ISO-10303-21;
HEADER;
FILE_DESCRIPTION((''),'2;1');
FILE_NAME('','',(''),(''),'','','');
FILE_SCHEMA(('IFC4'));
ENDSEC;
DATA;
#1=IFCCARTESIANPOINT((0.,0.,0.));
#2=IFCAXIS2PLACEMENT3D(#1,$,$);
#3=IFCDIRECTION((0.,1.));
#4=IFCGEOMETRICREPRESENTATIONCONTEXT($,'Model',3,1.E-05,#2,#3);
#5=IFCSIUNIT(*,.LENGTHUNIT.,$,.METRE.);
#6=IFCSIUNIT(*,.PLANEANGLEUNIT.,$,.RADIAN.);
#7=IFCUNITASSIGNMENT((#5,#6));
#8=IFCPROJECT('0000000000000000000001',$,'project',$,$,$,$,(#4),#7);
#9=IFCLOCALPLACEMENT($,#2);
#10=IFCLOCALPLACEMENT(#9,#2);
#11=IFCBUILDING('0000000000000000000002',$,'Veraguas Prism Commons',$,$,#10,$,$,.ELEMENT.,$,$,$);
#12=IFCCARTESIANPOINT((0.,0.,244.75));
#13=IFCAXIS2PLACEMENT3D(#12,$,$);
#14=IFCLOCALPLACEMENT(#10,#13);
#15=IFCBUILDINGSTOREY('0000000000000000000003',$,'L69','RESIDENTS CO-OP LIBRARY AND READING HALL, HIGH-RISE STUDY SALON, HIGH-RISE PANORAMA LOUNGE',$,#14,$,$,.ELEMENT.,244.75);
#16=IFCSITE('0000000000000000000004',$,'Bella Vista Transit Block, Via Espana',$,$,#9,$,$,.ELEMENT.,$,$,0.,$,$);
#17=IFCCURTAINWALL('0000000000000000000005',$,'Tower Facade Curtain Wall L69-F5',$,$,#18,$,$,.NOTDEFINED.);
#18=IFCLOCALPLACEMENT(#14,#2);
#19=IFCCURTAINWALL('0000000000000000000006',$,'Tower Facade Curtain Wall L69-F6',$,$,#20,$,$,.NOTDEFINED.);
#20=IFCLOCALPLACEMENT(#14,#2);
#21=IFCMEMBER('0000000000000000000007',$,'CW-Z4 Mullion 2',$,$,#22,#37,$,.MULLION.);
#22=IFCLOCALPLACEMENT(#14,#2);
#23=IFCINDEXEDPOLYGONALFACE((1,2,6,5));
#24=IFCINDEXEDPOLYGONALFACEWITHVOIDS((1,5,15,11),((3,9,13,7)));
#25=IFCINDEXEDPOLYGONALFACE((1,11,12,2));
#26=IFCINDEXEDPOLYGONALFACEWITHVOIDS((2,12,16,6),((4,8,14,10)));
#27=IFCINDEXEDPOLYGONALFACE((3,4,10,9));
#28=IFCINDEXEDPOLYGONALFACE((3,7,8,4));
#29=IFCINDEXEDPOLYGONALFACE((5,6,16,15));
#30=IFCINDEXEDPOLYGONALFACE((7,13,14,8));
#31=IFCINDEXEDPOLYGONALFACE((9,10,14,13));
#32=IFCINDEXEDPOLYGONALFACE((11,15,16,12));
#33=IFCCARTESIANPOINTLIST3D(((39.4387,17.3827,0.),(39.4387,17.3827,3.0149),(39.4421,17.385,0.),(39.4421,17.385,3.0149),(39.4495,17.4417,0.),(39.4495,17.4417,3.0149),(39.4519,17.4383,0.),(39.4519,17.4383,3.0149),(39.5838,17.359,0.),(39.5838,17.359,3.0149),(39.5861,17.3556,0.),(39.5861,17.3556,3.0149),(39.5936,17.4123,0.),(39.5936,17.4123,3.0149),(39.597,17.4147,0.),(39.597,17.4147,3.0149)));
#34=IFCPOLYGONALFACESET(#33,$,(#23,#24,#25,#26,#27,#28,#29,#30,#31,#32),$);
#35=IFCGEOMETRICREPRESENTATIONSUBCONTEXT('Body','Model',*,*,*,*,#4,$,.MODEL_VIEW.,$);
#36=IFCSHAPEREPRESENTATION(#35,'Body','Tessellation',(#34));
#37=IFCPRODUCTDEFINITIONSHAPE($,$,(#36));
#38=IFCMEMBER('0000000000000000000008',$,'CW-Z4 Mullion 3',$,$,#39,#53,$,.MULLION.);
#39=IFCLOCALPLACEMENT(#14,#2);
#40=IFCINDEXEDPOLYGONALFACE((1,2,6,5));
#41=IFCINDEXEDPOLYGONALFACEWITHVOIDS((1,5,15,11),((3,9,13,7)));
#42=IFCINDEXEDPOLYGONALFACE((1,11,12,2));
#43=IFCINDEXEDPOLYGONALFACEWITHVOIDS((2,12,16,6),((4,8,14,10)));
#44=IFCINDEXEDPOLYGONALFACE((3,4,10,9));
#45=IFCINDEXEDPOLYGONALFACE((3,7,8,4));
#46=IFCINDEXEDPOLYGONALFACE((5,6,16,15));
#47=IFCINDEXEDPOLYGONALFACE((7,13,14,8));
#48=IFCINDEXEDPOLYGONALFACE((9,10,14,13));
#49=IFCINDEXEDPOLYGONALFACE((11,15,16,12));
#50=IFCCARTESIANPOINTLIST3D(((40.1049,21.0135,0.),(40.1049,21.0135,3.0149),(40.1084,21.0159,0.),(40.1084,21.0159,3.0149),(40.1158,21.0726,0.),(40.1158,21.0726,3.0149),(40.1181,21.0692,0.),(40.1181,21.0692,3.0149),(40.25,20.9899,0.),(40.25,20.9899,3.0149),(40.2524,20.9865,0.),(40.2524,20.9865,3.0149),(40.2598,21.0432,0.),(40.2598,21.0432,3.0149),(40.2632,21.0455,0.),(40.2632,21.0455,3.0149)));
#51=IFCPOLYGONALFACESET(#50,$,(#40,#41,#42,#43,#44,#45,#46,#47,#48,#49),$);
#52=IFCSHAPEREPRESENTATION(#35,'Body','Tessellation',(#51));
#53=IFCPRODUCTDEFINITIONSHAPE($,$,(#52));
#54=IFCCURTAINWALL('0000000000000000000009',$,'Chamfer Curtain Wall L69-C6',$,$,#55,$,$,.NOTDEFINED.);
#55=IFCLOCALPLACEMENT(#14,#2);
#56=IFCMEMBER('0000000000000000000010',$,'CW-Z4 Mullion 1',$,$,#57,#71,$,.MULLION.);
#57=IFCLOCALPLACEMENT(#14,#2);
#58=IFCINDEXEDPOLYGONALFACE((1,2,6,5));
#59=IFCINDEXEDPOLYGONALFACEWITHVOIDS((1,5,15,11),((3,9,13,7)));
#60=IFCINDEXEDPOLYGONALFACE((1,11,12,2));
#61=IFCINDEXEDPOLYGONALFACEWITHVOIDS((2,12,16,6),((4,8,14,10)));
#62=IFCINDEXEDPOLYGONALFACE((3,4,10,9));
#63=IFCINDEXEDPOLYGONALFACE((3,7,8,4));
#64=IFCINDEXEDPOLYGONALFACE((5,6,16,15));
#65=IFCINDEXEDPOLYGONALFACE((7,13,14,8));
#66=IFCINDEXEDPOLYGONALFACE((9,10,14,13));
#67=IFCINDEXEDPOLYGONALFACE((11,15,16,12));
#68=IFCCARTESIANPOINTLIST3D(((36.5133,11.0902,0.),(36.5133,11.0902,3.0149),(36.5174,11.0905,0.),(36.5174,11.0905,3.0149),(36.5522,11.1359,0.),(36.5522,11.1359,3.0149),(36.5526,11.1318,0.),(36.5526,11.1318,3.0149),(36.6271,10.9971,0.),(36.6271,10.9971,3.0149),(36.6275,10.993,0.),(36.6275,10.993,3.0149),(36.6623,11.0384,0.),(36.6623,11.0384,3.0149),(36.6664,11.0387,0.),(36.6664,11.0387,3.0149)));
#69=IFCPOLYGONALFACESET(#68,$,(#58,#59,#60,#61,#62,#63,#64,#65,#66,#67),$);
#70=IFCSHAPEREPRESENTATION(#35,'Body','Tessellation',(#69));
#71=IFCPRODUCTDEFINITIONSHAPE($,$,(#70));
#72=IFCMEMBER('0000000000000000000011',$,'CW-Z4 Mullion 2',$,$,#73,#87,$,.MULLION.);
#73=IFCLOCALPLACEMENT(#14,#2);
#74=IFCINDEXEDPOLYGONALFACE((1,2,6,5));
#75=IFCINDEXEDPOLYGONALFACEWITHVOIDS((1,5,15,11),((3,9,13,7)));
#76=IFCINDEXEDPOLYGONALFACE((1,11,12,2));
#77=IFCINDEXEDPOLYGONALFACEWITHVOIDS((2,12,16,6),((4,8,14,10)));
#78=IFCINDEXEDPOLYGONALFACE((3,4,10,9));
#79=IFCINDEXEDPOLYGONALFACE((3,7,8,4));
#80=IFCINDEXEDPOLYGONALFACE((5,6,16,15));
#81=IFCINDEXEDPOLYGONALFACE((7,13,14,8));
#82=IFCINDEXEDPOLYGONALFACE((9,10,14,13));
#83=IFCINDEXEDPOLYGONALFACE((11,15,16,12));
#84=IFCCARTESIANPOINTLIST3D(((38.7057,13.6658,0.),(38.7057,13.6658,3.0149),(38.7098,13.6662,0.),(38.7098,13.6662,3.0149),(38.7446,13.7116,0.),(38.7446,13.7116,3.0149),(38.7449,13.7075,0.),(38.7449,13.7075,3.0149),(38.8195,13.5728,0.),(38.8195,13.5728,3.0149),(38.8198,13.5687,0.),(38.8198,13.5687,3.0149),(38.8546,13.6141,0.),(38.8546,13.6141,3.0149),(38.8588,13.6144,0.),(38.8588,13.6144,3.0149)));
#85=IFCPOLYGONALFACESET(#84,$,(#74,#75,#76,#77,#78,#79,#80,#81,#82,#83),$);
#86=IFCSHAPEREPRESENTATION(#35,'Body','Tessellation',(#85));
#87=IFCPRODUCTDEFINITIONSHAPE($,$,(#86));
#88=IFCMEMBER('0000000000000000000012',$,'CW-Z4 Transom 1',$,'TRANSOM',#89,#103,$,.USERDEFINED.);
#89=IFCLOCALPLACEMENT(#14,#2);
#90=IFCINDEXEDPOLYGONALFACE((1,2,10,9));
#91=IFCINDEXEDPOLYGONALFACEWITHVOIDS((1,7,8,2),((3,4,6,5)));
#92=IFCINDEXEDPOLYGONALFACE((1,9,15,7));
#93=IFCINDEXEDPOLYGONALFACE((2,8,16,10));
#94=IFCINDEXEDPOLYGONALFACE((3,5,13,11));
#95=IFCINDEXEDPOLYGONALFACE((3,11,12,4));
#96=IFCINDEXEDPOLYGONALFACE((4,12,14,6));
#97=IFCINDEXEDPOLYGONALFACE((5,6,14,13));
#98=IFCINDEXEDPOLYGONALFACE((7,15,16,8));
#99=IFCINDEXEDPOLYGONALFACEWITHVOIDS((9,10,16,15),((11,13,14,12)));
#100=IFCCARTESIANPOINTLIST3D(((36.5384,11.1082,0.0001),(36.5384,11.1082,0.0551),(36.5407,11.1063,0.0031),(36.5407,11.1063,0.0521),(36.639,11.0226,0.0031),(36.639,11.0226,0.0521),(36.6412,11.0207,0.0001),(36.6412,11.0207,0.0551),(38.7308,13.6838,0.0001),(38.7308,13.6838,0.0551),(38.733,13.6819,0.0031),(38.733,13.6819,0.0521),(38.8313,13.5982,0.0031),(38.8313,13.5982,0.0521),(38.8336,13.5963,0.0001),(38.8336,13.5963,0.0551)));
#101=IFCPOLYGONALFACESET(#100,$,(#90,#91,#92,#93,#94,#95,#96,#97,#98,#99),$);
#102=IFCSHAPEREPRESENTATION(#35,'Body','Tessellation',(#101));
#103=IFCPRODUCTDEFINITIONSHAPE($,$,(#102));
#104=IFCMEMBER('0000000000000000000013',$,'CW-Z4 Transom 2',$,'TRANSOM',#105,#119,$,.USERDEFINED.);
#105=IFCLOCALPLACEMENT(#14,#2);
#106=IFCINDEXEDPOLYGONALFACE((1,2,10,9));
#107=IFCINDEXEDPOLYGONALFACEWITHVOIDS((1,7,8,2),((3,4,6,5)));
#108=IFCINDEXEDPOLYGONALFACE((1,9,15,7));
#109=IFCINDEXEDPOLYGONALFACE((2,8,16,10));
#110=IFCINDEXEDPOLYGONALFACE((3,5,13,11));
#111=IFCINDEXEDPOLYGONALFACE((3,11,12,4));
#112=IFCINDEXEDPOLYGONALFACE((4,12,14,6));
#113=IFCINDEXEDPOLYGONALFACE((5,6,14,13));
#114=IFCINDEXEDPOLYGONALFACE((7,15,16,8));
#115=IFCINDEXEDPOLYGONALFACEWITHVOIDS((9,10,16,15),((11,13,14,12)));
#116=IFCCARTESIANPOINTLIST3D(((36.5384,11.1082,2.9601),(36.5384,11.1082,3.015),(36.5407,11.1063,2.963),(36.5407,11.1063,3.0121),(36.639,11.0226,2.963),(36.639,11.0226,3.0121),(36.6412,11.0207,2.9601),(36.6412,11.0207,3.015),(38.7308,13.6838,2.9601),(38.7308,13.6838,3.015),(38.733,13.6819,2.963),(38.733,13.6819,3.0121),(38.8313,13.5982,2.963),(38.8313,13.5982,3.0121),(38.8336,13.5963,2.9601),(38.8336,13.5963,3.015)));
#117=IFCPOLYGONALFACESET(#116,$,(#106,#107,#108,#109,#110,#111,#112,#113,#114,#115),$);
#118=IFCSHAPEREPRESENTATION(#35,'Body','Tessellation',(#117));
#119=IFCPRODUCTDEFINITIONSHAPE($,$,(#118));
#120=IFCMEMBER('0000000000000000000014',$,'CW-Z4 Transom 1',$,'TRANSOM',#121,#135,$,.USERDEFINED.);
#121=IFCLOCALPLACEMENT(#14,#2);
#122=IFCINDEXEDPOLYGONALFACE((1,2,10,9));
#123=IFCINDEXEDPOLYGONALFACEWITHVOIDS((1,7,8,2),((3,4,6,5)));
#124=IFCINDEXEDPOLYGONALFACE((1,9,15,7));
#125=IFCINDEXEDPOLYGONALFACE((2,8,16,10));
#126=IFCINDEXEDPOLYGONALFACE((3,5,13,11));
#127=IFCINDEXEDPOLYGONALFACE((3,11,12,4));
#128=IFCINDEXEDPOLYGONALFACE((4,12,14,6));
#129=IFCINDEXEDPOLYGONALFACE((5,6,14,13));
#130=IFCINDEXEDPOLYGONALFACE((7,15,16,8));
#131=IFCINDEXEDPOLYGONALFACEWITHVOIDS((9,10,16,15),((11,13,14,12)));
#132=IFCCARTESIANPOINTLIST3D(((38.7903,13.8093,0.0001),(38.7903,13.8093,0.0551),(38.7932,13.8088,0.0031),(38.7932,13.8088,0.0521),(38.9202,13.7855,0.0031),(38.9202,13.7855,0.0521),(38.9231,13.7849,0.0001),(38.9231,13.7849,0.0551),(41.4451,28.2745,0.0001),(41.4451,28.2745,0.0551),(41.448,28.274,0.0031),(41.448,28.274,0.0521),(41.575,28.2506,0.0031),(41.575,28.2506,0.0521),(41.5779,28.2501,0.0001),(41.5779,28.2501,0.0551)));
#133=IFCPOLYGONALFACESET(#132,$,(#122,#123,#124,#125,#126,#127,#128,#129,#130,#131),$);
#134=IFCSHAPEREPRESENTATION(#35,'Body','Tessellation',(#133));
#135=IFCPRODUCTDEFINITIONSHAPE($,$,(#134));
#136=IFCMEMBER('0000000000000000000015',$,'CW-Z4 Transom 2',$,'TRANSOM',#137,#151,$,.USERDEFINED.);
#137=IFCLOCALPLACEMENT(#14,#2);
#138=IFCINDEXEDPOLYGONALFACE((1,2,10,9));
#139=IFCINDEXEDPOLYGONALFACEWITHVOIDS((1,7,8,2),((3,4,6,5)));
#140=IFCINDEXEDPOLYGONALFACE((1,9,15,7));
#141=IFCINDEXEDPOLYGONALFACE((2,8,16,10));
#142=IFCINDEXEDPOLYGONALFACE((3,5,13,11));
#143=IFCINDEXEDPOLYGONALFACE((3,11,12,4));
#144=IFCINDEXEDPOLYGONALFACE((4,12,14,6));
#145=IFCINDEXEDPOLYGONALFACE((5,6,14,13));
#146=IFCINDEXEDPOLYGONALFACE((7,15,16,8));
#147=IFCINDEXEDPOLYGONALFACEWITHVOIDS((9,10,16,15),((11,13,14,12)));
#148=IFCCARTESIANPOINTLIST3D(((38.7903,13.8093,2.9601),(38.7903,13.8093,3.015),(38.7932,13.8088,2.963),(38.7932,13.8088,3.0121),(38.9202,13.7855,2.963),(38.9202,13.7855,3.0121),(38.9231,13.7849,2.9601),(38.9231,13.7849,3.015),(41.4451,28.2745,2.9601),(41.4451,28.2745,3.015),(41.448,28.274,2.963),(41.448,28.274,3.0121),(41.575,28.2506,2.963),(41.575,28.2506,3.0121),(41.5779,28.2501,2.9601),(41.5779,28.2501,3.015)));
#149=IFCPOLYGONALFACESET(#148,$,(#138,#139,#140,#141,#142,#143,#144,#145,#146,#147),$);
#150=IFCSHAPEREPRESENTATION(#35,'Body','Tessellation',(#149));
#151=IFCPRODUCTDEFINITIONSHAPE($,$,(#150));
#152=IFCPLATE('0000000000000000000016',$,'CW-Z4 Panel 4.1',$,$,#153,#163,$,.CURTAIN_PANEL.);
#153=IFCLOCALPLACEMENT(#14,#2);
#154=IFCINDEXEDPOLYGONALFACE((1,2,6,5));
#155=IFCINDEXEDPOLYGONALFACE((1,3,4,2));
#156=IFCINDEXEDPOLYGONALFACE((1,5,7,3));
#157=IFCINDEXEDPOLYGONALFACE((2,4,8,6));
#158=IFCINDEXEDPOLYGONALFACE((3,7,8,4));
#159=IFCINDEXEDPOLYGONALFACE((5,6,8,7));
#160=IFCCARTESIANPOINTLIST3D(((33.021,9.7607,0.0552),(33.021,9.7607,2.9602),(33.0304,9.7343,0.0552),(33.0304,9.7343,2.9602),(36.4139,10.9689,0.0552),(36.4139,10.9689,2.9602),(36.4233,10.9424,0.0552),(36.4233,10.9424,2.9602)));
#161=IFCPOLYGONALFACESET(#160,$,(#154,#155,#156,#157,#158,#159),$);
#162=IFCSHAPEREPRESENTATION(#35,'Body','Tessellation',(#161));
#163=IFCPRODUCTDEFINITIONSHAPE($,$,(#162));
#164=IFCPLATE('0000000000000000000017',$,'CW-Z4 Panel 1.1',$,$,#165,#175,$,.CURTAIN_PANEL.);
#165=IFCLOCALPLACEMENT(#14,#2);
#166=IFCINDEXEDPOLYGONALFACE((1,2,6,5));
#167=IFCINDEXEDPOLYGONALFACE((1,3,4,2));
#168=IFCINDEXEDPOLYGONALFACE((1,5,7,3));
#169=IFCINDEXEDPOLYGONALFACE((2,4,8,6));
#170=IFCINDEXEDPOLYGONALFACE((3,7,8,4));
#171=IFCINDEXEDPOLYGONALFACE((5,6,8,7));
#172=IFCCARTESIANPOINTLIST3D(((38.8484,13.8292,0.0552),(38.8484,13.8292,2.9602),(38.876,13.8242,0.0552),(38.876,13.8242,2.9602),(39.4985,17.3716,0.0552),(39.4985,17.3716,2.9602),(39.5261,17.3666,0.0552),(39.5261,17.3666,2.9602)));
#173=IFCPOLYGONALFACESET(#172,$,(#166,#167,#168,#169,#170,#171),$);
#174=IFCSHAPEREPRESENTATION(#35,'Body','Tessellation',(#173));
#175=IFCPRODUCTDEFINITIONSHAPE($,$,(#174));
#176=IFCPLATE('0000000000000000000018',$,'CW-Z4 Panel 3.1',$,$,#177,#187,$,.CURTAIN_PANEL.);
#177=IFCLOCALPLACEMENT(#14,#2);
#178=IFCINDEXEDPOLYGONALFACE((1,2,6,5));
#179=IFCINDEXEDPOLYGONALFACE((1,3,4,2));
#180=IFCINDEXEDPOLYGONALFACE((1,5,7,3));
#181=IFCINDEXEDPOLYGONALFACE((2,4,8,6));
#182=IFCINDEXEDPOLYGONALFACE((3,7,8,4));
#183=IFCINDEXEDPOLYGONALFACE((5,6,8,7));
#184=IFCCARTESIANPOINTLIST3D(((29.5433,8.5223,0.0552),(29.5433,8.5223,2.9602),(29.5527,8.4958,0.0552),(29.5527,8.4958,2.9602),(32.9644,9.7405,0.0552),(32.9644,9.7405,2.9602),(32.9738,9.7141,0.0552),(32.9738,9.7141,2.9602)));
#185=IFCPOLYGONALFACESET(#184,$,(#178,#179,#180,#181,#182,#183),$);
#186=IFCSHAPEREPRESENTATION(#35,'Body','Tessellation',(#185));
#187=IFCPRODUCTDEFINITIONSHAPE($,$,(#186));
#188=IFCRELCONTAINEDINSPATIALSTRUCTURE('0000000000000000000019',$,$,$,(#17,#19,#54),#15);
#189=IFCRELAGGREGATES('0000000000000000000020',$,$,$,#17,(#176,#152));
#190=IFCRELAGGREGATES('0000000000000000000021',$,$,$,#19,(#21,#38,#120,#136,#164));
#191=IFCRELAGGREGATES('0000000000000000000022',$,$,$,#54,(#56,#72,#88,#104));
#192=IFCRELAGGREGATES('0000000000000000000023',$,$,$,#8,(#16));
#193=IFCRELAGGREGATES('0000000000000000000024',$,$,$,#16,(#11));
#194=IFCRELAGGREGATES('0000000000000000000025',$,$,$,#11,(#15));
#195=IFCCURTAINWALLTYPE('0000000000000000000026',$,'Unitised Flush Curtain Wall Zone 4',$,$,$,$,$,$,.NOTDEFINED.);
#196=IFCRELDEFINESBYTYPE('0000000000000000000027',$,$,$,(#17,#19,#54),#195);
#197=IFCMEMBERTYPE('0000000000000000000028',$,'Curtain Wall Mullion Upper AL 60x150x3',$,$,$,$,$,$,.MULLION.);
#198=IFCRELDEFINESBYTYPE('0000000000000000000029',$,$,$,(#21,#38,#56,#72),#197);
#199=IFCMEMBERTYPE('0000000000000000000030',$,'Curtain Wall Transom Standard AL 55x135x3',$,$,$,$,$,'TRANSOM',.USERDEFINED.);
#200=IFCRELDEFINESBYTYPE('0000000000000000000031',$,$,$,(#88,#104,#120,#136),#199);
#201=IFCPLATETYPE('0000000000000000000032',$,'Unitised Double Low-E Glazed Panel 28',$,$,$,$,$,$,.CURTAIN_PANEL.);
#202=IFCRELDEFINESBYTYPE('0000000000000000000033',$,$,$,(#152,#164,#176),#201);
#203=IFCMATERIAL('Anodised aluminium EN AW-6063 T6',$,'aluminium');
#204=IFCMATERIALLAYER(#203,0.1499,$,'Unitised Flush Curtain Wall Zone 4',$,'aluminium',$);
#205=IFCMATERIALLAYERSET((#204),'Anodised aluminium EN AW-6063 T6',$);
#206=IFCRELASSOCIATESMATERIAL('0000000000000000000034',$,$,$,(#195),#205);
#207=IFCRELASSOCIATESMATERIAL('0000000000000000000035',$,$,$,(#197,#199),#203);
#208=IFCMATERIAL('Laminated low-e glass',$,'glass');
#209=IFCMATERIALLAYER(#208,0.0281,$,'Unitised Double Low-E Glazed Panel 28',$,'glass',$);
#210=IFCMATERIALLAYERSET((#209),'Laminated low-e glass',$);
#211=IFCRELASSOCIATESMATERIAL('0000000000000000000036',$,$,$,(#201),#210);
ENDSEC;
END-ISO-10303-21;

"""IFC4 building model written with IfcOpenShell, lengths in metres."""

from ifc_helpers import new_model, si_unit, direction, frame, origin, origin_2d, place, context, subcontext, project, spatial, rectangle, hollow_rectangle, extrude, source, transform, mapped, material, layer, layer_set, material_profile, profile_set, type_object, element, aggregate, save


model = new_model("IFC4")

# Units and contexts
model_context = context("Model", 3, precision=1e-05, world=origin(), true_north=direction((0.0, 1.0)))
body_context = subcontext(model_context, "Body", "Model", "MODEL_VIEW")
ifc_project = project(units=[si_unit("LENGTHUNIT", "METRE"), si_unit("PLANEANGLEUNIT", "RADIAN")], contexts=[model_context])

# Site, building, storey
site_placement = place(None, origin())
site = spatial("IfcSite", under=ifc_project, at=site_placement, Name="Bella Vista Transit Block, Via Espana", CompositionType="ELEMENT", RefElevation=0.0)
building_placement = place(site_placement, origin())
building = spatial("IfcBuilding", under=site, at=building_placement, Name="Veraguas Prism Commons", CompositionType="ELEMENT")
storey_placement = place(building_placement, frame((0.0, 0.0, 244.75)))
storey = spatial("IfcBuildingStorey", under=building, at=storey_placement, Name="L69", Description="RESIDENTS CO-OP LIBRARY AND READING HALL, HIGH-RISE STUDY SALON, HIGH-RISE PANORAMA LOUNGE", CompositionType="ELEMENT", Elevation=244.75)

# Curtain walls, members
ifc_material_1 = material(Name="Anodised aluminium EN AW-6063 T6", Category="aluminium")
ifc_layer_1 = layer(ifc_material_1, 0.1499, Name="Unitised Flush Curtain Wall Zone 4", Category="aluminium")
ifc_layer_set_1 = layer_set([ifc_layer_1], Name="Anodised aluminium EN AW-6063 T6")
curtain_wall_type = type_object("IfcCurtainWallType", Name="Unitised Flush Curtain Wall Zone 4", PredefinedType="NOTDEFINED", material=ifc_layer_set_1)
curtain_wall_1_placement = place(storey_placement, origin())
curtain_wall_1 = element("IfcCurtainWall", 1, at=curtain_wall_1_placement, inside=storey, type_object=curtain_wall_type, Name="Tower Facade Curtain Wall L69-F5", PredefinedType="NOTDEFINED")
ifc_material_profile_1 = material_profile(ifc_material_1, hollow_rectangle(XDim=0.0601, YDim=0.1499, WallThickness=0.0029, at=origin_2d()), Name="AL60X150X3")
ifc_profile_set_1 = profile_set([ifc_material_profile_1], Name="Anodised aluminium EN AW-6063 T6")
member_type_1 = type_object("IfcMemberType", Name="Curtain Wall Mullion Upper AL 60x150x3", PredefinedType="MULLION", material=ifc_profile_set_1)
shared_shape_1 = source(origin(), body_context, "Body", "SweptSolid", [
    extrude(hollow_rectangle(XDim=0.0601, YDim=0.1499, WallThickness=0.0029, at=origin_2d()), origin(), (0.0, 0.0, 1.0), 3.0149),
])
curtain_wall_2_placement = place(storey_placement, origin())
curtain_wall_2 = element("IfcCurtainWall", 2, at=curtain_wall_2_placement, inside=storey, type_object=curtain_wall_type, Name="Tower Facade Curtain Wall L69-F6", PredefinedType="NOTDEFINED")
member_1_placement = place(storey_placement, frame((39.5178, 17.3987, 0.0), z_axis=(0.0, 0.0, 1.0), x_axis=(0.180524, 0.983571, 0.0)))
member_1 = element("IfcMember", 3, at=member_1_placement, type_object=member_type_1, Name="CW-Z4 Mullion 2", PredefinedType="MULLION", context=body_context, shape_type="MappedRepresentation", body=[
    mapped(shared_shape_1, transform((0.0, 0.0, 0.0), scale=1.0)),
])
member_2_placement = place(storey_placement, frame((40.1841, 21.0295, 0.0), z_axis=(0.0, 0.0, 1.0), x_axis=(0.180524, 0.983571, 0.0)))
member_2 = element("IfcMember", 4, at=member_2_placement, type_object=member_type_1, Name="CW-Z4 Mullion 3", PredefinedType="MULLION", context=body_context, shape_type="MappedRepresentation", body=[
    mapped(shared_shape_1, transform((0.0, 0.0, 0.0), scale=1.0)),
])
curtain_wall_3_placement = place(storey_placement, origin())
curtain_wall_3 = element("IfcCurtainWall", 5, at=curtain_wall_3_placement, inside=storey, type_object=curtain_wall_type, Name="Chamfer Curtain Wall L69-C6", PredefinedType="NOTDEFINED")
member_3_placement = place(storey_placement, frame((36.5898, 11.0645, 0.0), z_axis=(0.0, 0.0, 1.0), x_axis=(0.648125, 0.761534, 0.0)))
member_3 = element("IfcMember", 6, at=member_3_placement, type_object=member_type_1, Name="CW-Z4 Mullion 1", PredefinedType="MULLION", context=body_context, shape_type="MappedRepresentation", body=[
    mapped(shared_shape_1, transform((0.0, 0.0, 0.0), scale=1.0)),
])
member_4_placement = place(storey_placement, frame((38.7822, 13.6401, 0.0), z_axis=(0.0, 0.0, 1.0), x_axis=(0.648125, 0.761534, 0.0)))
member_4 = element("IfcMember", 7, at=member_4_placement, type_object=member_type_1, Name="CW-Z4 Mullion 2", PredefinedType="MULLION", context=body_context, shape_type="MappedRepresentation", body=[
    mapped(shared_shape_1, transform((0.0, 0.0, 0.0), scale=1.0)),
])
ifc_material_profile_2 = material_profile(ifc_material_1, hollow_rectangle(XDim=0.0549, YDim=0.135, WallThickness=0.0029, at=origin_2d()), Name="AL55X135X3")
ifc_profile_set_2 = profile_set([ifc_material_profile_2], Name="Anodised aluminium EN AW-6063 T6")
member_type_2 = type_object("IfcMemberType", Name="Curtain Wall Transom Standard AL 55x135x3", ElementType="TRANSOM", PredefinedType="USERDEFINED", material=ifc_profile_set_2)
shared_shape_2 = source(origin(), body_context, "Body", "SweptSolid", [
    extrude(hollow_rectangle(XDim=0.0549, YDim=0.135, WallThickness=0.0029, at=origin_2d()), origin(), (0.0, 0.0, 1.0), 3.3823),
])
member_5_placement = place(storey_placement, frame((36.5898, 11.0645, 0.0276), z_axis=(0.648172, 0.761494, 0.0), x_axis=(0.0, 0.0, 1.0)))
member_5 = element("IfcMember", 8, at=member_5_placement, type_object=member_type_2, Name="CW-Z4 Transom 1", ObjectType="TRANSOM", PredefinedType="USERDEFINED", context=body_context, shape_type="MappedRepresentation", body=[
    mapped(shared_shape_2, transform((0.0, 0.0, 0.0), scale=1.0)),
])
member_6_placement = place(storey_placement, frame((36.5898, 11.0645, 2.9875), z_axis=(0.648172, 0.761494, 0.0), x_axis=(0.0, 0.0, 1.0)))
member_6 = element("IfcMember", 9, at=member_6_placement, type_object=member_type_2, Name="CW-Z4 Transom 2", ObjectType="TRANSOM", PredefinedType="USERDEFINED", context=body_context, shape_type="MappedRepresentation", body=[
    mapped(shared_shape_2, transform((0.0, 0.0, 0.0), scale=1.0)),
])

# Members
shared_shape_3 = source(origin(), body_context, "Body", "SweptSolid", [
    extrude(hollow_rectangle(XDim=0.0549, YDim=0.135, WallThickness=0.0029, at=origin_2d()), origin(), (0.0, 0.0, 1.0), 14.7068),
])
member_7_placement = place(storey_placement, frame((38.8567, 13.7971, 0.0276), z_axis=(0.180516, 0.983572, 0.0), x_axis=(0.0, 0.0, 1.0)))
member_7 = element("IfcMember", 10, at=member_7_placement, type_object=member_type_2, Name="CW-Z4 Transom 1", ObjectType="TRANSOM", PredefinedType="USERDEFINED", context=body_context, shape_type="MappedRepresentation", body=[
    mapped(shared_shape_3, transform((0.0, 0.0, 0.0), scale=1.0)),
])
member_8_placement = place(storey_placement, frame((38.8567, 13.7971, 2.9875), z_axis=(0.180516, 0.983572, 0.0), x_axis=(0.0, 0.0, 1.0)))
member_8 = element("IfcMember", 11, at=member_8_placement, type_object=member_type_2, Name="CW-Z4 Transom 2", ObjectType="TRANSOM", PredefinedType="USERDEFINED", context=body_context, shape_type="MappedRepresentation", body=[
    mapped(shared_shape_3, transform((0.0, 0.0, 0.0), scale=1.0)),
])

# Plates
ifc_material_2 = material(Name="Laminated low-e glass", Category="glass")
ifc_layer_2 = layer(ifc_material_2, 0.0281, Name="Unitised Double Low-E Glazed Panel 28", Category="glass")
ifc_layer_set_2 = layer_set([ifc_layer_2], Name="Laminated low-e glass")
plate_type = type_object("IfcPlateType", Name="Unitised Double Low-E Glazed Panel 28", PredefinedType="CURTAIN_PANEL", material=ifc_layer_set_2)
shared_shape_4 = source(origin(), body_context, "Body", "SweptSolid", [
    extrude(rectangle(XDim=3.6016, YDim=0.0281, at=origin_2d()), origin(), (0.0, 0.0, 1.0), 2.905),
])
plate_1_placement = place(storey_placement, frame((34.7222, 10.3516, 0.0552), z_axis=(0.0, 0.0, 1.0), x_axis=(0.942056, 0.335457, 0.0)))
plate_1 = element("IfcPlate", 12, at=plate_1_placement, type_object=plate_type, Name="CW-Z4 Panel 4.1", PredefinedType="CURTAIN_PANEL", context=body_context, shape_type="MappedRepresentation", body=[
    mapped(shared_shape_4, transform((0.0, 0.0, 0.0), scale=1.0)),
])
plate_2_placement = place(storey_placement, frame((39.1873, 15.5979, 0.0552), z_axis=(0.0, 0.0, 1.0), x_axis=(0.180524, 0.983571, 0.0)))
plate_2 = element("IfcPlate", 13, at=plate_2_placement, type_object=plate_type, Name="CW-Z4 Panel 1.1", PredefinedType="CURTAIN_PANEL", context=body_context, shape_type="MappedRepresentation", body=[
    mapped(shared_shape_4, transform((0.0, 0.0, 0.0), scale=1.0)),
])
shared_shape_5 = source(origin(), body_context, "Body", "SweptSolid", [
    extrude(rectangle(XDim=3.6316, YDim=0.0281, at=origin_2d()), origin(), (0.0, 0.0, 1.0), 2.905),
])
plate_3_placement = place(storey_placement, frame((31.2585, 9.1182, 0.0552), z_axis=(0.0, 0.0, 1.0), x_axis=(0.942056, 0.335457, 0.0)))
plate_3 = element("IfcPlate", 14, at=plate_3_placement, type_object=plate_type, Name="CW-Z4 Panel 3.1", PredefinedType="CURTAIN_PANEL", context=body_context, shape_type="MappedRepresentation", body=[
    mapped(shared_shape_5, transform((0.0, 0.0, 0.0), scale=1.0)),
])
aggregate(curtain_wall_1, [plate_3, plate_1])
aggregate(curtain_wall_2, [member_1, member_2, member_7, member_8, plate_2])
aggregate(curtain_wall_3, [member_3, member_4, member_5, member_6])

save(model, "model.ifc")
